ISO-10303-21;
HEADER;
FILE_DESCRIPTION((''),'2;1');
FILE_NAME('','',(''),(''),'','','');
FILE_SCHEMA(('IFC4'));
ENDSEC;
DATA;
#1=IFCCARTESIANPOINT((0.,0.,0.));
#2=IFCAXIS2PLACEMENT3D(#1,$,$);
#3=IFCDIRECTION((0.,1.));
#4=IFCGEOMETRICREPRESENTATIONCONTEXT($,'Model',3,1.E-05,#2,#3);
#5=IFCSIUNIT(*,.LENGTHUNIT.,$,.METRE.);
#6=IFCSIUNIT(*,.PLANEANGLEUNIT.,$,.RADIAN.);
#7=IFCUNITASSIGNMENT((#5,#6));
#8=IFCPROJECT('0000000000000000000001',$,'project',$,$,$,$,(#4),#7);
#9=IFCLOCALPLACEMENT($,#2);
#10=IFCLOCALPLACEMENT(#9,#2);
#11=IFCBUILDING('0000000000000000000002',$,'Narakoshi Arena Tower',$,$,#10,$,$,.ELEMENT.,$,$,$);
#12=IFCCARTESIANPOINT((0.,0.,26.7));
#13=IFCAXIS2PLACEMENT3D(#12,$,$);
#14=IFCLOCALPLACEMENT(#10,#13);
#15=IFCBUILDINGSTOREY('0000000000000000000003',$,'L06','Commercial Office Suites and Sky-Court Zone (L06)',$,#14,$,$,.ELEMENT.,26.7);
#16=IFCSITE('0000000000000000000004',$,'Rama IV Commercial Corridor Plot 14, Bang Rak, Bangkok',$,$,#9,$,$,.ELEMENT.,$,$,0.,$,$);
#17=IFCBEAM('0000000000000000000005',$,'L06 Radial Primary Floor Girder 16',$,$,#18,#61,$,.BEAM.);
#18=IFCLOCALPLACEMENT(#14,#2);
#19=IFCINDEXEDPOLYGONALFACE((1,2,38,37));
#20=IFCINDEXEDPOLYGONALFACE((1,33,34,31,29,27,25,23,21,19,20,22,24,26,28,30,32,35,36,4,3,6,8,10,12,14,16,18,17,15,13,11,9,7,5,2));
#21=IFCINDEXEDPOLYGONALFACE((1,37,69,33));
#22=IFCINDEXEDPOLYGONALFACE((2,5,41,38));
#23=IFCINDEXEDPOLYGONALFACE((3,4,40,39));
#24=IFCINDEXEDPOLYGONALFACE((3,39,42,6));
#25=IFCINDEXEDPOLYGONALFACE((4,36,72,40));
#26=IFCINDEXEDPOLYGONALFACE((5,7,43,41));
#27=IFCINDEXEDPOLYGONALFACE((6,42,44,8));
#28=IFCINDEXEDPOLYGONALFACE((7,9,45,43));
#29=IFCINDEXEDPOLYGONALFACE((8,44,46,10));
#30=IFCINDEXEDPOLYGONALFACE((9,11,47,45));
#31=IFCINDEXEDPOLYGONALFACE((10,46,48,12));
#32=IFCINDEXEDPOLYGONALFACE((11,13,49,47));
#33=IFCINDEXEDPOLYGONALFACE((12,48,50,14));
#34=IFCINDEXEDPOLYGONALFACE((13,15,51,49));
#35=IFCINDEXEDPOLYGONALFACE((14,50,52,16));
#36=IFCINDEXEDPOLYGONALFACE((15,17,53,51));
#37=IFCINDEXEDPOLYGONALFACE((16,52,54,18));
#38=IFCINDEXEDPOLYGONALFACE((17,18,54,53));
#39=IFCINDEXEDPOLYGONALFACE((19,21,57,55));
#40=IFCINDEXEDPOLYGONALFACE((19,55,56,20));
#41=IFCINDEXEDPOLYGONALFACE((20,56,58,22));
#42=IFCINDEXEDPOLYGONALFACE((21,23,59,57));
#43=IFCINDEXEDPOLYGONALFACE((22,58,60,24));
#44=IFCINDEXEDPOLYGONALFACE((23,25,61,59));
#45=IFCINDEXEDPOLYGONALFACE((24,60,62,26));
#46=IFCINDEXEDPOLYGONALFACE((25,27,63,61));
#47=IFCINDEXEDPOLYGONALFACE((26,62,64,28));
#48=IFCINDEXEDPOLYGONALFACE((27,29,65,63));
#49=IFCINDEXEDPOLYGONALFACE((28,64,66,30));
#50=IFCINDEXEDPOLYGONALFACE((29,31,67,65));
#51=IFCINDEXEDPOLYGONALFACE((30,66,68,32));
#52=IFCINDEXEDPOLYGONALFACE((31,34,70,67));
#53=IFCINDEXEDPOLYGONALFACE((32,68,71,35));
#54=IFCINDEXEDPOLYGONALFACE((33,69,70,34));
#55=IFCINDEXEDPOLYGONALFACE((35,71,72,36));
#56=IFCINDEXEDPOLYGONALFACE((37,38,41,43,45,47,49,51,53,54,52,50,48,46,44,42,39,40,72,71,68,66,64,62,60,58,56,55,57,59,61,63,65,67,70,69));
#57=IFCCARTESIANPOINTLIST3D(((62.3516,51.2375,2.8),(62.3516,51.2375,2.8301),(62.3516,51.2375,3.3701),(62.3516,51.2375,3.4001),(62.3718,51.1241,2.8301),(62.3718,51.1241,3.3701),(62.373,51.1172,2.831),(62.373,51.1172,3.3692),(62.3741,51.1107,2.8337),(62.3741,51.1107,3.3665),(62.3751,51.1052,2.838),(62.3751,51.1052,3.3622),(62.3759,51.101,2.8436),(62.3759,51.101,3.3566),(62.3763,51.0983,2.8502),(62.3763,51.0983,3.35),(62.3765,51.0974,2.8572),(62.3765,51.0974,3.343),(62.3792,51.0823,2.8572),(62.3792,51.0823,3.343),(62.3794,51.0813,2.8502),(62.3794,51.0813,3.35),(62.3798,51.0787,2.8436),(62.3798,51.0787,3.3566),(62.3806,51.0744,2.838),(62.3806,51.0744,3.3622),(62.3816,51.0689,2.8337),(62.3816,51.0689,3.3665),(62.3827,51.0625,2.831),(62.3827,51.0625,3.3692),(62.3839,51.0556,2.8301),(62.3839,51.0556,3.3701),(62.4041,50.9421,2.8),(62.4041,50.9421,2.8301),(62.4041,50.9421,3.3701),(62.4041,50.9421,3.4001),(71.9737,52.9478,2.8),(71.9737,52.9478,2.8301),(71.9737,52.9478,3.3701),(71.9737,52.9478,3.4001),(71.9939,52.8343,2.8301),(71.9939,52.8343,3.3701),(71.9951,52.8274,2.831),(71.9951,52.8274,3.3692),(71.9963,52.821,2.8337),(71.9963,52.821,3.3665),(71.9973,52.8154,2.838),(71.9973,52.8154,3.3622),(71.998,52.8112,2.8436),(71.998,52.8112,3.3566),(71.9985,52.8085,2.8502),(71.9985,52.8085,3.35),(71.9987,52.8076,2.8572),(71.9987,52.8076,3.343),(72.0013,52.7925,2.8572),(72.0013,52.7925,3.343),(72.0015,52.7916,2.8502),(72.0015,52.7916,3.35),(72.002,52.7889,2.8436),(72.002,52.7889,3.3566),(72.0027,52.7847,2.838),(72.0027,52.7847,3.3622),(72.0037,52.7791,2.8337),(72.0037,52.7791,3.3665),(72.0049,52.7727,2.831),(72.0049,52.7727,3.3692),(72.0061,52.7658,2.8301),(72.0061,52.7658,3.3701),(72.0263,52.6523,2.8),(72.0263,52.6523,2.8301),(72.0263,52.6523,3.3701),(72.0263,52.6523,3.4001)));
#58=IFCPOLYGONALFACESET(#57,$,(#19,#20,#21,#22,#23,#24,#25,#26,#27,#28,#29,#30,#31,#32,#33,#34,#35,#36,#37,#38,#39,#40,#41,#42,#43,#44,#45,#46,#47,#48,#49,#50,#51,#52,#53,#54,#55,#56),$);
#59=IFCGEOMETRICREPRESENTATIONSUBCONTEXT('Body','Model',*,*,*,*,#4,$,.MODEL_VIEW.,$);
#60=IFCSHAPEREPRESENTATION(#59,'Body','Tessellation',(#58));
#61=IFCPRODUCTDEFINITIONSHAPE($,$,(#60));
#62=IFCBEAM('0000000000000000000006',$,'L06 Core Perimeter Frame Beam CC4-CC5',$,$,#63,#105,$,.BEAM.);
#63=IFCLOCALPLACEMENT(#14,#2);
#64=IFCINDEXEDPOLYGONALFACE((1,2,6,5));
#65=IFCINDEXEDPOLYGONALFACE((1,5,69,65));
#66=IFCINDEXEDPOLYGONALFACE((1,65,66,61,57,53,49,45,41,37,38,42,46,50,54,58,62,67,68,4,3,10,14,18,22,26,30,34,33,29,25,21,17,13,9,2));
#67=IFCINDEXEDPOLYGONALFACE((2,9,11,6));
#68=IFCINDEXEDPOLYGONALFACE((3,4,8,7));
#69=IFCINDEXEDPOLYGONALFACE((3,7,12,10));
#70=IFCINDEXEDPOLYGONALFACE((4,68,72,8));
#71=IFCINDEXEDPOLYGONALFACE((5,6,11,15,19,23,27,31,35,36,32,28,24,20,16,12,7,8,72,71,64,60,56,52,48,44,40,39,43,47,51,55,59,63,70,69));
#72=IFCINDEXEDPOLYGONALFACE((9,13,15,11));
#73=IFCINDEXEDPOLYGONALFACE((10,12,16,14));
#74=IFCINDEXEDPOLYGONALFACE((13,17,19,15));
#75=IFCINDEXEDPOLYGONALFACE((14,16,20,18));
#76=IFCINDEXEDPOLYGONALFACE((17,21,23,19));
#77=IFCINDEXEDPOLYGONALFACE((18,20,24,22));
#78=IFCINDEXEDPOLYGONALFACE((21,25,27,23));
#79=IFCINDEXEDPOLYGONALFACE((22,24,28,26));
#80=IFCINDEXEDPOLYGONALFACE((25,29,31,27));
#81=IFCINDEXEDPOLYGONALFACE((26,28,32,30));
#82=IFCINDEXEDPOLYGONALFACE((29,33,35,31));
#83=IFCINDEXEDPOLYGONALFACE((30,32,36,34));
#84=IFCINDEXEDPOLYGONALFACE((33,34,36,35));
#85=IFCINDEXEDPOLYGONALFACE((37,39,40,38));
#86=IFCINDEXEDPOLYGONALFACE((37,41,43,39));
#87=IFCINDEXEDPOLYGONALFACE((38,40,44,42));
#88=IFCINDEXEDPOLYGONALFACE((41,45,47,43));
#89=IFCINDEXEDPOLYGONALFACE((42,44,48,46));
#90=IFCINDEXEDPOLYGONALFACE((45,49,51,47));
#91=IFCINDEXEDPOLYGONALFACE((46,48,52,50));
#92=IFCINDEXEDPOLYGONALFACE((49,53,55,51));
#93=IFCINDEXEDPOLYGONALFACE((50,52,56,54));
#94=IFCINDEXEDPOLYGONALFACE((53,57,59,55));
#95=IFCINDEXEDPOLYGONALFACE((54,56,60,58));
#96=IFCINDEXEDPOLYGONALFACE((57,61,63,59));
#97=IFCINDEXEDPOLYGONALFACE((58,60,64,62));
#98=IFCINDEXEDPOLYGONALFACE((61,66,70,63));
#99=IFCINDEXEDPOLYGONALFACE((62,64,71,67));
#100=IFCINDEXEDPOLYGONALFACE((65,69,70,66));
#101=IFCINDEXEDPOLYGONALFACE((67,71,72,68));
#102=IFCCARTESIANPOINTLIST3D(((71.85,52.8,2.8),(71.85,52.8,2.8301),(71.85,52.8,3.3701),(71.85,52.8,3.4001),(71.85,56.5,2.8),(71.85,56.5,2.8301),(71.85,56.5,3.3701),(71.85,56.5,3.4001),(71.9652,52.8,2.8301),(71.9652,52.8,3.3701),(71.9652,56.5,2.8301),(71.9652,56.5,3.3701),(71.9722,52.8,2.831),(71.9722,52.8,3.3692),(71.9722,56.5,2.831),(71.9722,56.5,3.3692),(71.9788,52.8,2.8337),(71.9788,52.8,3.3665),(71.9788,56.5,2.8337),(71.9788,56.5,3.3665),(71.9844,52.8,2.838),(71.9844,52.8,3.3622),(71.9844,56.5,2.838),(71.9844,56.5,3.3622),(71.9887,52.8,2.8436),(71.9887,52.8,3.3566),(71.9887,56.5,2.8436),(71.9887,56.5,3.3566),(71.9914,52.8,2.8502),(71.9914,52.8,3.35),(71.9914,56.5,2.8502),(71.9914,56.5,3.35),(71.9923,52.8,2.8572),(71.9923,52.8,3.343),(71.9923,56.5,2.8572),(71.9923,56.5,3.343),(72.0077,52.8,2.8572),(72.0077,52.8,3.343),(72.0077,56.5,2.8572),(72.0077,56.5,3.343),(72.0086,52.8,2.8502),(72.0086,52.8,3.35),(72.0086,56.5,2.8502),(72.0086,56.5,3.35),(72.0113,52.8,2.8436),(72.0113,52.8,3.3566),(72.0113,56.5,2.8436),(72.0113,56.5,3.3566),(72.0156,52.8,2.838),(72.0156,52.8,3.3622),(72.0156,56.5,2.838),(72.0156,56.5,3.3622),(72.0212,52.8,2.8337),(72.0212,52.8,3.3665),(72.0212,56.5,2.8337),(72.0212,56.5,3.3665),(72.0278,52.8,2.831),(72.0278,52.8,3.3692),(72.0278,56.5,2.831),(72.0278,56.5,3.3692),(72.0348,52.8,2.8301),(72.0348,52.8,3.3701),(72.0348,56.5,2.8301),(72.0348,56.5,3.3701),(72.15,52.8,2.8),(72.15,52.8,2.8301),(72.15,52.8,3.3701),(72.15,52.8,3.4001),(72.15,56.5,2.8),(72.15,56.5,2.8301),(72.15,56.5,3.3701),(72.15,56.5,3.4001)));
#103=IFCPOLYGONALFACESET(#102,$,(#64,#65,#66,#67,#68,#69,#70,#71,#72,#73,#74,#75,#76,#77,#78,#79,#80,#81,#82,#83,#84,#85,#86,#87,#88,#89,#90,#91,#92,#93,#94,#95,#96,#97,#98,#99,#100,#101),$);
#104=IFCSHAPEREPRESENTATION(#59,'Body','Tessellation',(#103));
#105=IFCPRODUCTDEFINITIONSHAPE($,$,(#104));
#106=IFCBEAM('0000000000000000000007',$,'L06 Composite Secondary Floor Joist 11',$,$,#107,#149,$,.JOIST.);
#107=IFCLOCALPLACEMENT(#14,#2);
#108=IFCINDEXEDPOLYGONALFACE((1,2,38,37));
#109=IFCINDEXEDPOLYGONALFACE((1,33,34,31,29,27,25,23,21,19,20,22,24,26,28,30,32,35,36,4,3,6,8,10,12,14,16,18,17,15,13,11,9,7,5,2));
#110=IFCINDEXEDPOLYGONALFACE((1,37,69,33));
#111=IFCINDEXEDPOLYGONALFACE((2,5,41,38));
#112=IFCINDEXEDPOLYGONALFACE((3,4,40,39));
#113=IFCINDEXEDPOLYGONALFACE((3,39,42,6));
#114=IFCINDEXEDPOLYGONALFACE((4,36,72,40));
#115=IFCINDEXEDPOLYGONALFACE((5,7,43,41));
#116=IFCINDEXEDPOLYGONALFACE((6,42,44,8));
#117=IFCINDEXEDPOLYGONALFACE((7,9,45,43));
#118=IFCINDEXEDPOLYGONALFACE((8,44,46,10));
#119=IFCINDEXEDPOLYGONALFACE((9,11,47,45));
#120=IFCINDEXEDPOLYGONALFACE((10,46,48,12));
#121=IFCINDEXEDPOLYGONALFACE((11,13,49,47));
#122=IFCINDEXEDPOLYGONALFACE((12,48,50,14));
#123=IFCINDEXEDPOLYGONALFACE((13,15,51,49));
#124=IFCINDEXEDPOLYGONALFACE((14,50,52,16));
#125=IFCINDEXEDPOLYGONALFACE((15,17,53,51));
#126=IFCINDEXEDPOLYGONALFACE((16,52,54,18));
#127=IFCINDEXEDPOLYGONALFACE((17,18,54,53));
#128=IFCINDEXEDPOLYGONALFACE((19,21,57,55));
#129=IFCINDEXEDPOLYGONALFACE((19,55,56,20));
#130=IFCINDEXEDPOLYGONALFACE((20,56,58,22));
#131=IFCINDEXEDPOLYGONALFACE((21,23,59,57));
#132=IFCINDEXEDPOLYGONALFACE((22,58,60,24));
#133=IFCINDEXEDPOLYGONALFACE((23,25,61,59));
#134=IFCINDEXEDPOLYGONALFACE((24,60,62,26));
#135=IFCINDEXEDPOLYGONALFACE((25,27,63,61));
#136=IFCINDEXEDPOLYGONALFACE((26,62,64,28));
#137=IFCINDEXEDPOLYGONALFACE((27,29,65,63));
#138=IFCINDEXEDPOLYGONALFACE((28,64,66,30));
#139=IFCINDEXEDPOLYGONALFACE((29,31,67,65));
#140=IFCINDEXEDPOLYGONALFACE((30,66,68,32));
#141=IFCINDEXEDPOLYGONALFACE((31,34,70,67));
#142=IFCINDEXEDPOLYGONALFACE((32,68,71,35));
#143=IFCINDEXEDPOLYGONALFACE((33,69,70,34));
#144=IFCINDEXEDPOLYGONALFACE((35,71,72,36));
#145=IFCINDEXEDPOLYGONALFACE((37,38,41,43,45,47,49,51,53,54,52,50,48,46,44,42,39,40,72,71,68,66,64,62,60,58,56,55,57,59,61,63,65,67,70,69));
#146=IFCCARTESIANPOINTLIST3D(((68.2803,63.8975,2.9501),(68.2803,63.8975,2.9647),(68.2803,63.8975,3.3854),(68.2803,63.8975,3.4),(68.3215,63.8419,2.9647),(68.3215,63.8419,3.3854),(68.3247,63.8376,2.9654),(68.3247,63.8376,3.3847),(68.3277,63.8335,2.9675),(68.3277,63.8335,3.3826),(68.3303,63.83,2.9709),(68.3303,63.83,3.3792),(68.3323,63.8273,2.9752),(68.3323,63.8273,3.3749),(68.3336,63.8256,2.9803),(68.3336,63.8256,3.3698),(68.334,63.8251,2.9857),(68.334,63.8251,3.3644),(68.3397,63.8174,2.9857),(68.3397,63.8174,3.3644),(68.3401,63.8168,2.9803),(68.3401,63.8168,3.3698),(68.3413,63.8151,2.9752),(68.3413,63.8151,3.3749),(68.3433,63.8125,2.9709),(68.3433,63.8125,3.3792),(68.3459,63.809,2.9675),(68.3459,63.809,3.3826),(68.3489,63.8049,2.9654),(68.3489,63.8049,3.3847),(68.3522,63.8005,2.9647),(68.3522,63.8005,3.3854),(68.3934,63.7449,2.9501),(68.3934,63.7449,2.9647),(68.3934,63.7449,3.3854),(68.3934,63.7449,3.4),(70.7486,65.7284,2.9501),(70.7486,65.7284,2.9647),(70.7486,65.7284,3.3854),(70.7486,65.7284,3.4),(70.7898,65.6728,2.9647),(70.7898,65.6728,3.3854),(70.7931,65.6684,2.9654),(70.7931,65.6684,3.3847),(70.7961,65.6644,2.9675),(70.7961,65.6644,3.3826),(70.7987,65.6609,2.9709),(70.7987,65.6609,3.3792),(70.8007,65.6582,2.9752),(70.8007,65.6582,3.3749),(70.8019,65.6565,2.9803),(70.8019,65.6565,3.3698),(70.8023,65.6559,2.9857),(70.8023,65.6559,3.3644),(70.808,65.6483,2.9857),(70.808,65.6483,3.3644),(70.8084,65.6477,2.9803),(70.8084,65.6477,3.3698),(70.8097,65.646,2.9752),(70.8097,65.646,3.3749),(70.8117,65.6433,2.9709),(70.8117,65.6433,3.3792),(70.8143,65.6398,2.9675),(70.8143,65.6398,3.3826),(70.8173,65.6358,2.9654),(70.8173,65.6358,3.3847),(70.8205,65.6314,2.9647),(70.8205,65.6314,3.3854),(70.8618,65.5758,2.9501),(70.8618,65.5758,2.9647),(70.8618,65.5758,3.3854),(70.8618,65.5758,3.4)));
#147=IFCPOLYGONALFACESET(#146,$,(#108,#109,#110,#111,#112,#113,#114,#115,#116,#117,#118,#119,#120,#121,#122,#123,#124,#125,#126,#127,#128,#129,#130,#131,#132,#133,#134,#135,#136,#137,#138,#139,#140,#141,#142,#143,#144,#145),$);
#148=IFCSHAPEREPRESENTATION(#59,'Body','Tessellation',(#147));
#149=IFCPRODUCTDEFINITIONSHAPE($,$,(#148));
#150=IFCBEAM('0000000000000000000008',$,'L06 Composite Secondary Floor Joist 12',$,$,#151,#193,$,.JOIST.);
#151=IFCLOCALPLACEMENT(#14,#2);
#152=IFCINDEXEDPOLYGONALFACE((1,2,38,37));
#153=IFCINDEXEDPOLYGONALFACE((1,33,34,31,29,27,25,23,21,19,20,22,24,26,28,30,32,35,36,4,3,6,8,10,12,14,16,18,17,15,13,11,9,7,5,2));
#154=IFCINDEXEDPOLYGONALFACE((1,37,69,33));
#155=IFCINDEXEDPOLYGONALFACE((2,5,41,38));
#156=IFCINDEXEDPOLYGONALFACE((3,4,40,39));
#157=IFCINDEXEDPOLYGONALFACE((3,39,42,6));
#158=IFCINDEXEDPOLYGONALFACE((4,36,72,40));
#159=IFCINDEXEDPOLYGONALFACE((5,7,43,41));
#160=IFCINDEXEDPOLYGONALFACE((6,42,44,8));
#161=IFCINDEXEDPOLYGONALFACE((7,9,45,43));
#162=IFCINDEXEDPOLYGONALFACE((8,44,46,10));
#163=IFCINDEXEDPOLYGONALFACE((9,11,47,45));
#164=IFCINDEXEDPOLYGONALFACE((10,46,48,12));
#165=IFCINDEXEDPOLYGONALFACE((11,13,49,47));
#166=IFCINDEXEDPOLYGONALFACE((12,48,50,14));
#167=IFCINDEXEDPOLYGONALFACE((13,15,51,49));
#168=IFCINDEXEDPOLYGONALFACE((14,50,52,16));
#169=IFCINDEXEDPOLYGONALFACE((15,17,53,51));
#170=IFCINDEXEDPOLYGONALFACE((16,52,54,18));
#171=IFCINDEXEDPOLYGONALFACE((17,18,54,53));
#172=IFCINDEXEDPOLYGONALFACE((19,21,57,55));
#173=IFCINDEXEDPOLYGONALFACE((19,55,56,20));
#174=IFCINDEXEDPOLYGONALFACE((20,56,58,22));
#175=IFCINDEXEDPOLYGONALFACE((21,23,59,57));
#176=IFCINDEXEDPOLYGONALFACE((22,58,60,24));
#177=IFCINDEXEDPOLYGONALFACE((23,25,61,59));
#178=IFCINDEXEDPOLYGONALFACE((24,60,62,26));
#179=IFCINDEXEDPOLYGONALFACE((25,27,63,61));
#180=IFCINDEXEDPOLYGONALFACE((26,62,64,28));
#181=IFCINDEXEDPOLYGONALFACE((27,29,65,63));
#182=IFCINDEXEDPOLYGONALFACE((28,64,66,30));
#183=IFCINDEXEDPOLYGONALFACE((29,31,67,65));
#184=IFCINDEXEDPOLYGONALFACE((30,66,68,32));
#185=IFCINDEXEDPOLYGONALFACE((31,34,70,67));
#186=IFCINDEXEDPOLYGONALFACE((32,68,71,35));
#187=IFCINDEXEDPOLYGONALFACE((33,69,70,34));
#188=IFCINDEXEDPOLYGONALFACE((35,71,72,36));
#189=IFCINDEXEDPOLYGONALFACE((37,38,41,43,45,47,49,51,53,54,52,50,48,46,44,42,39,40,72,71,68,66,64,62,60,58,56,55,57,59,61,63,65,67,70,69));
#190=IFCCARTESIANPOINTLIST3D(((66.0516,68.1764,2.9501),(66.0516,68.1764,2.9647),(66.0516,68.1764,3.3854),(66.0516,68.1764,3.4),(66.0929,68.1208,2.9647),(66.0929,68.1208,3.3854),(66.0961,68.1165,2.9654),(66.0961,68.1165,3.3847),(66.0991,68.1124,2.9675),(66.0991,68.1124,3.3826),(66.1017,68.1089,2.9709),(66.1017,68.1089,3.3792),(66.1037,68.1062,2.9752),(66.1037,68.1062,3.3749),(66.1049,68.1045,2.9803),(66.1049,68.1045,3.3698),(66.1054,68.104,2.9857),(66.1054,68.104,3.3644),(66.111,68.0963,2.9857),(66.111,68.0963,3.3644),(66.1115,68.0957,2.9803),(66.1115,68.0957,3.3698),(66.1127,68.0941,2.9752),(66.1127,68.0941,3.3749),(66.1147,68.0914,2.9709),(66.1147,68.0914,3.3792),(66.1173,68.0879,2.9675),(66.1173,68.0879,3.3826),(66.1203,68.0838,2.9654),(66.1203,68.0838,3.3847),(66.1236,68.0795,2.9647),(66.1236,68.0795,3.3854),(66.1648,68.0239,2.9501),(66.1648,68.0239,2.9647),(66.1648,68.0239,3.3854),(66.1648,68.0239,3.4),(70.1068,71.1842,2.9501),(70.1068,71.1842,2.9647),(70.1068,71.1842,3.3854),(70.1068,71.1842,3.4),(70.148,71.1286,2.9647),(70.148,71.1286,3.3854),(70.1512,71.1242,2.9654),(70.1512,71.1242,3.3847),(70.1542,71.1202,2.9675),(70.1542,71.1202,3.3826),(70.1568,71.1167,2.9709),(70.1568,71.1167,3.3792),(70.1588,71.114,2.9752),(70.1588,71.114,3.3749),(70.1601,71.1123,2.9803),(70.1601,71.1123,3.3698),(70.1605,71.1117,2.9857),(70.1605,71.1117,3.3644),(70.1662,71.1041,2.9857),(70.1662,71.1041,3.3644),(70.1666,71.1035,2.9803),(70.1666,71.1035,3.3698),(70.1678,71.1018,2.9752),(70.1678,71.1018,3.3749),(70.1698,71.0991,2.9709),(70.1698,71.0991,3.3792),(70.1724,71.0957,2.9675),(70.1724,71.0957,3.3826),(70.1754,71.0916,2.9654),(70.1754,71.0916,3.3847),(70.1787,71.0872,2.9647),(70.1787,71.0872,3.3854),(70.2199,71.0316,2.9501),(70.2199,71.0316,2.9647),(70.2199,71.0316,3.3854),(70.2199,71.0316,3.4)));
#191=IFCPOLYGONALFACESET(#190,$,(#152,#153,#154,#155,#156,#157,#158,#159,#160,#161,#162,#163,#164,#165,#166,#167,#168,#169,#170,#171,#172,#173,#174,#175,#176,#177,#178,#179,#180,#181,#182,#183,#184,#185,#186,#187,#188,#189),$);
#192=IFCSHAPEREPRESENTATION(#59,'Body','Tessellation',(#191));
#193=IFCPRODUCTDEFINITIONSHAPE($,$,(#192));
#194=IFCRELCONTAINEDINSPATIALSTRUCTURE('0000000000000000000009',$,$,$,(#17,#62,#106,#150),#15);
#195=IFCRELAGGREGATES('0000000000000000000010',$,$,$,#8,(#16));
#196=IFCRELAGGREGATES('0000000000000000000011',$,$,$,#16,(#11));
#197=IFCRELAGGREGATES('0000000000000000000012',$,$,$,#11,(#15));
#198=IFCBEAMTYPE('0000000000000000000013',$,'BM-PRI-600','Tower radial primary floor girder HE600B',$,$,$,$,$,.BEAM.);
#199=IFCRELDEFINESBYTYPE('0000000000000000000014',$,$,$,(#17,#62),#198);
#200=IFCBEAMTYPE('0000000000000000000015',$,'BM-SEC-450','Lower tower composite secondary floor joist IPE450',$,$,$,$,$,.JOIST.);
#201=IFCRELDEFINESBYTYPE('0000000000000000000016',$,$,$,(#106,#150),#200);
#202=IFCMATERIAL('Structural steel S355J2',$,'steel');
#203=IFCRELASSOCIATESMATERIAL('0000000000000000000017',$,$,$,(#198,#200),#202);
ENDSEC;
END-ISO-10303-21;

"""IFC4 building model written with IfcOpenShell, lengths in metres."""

from ifc_helpers import new_model, si_unit, direction, frame, origin, origin_2d, place, context, subcontext, project, spatial, i_section, extrude, material, material_profile, profile_set, type_object, element, save


model = new_model("IFC4")

# Units and contexts
model_context = context("Model", 3, precision=1e-05, world=origin(), true_north=direction((0.0, 1.0)))
body_context = subcontext(model_context, "Body", "Model", "MODEL_VIEW")
ifc_project = project(units=[si_unit("LENGTHUNIT", "METRE"), si_unit("PLANEANGLEUNIT", "RADIAN")], contexts=[model_context])

# Site, building, storey
site_placement = place(None, origin())
site = spatial("IfcSite", under=ifc_project, at=site_placement, Name="Rama IV Commercial Corridor Plot 14, Bang Rak, Bangkok", CompositionType="ELEMENT", RefElevation=0.0)
building_placement = place(site_placement, origin())
building = spatial("IfcBuilding", under=site, at=building_placement, Name="Narakoshi Arena Tower", CompositionType="ELEMENT")
storey_placement = place(building_placement, frame((0.0, 0.0, 26.7)))
storey = spatial("IfcBuildingStorey", under=building, at=storey_placement, Name="L06", Description="Commercial Office Suites and Sky-Court Zone (L06)", CompositionType="ELEMENT", Elevation=26.7)

# Beams
ifc_material_1 = material(Name="Structural steel S355J2", Category="steel")
ifc_material_profile_1 = material_profile(ifc_material_1, i_section(OverallWidth=0.3, OverallDepth=0.6001, WebThickness=0.0154, FlangeThickness=0.03, FilletRadius=0.0271, at=origin_2d()), Name="HE600B")
ifc_profile_set_1 = profile_set([ifc_material_profile_1], Name="Structural steel S355J2")
beam_type_1 = type_object("IfcBeamType", Name="BM-PRI-600", Description="Tower radial primary floor girder HE600B", PredefinedType="BEAM", material=ifc_profile_set_1)
beam_1_placement = place(storey_placement, frame((72.0, 52.8, 3.1001), z_axis=(-0.984569, -0.174995, 0.0), x_axis=(0.174995, -0.984569, 0.0)))
element("IfcBeam", 1, at=beam_1_placement, inside=storey, type_object=beam_type_1, Name="L06 Radial Primary Floor Girder 16", PredefinedType="BEAM", context=body_context, shape_type="SweptSolid", body=[
    extrude(i_section(OverallWidth=0.3, OverallDepth=0.6001, WebThickness=0.0154, FlangeThickness=0.03, FilletRadius=0.0271, at=origin_2d()), origin(), (0.0, 0.0, 1.0), 9.7729),
])
beam_2_placement = place(storey_placement, frame((72.0, 52.8, 3.1001), z_axis=(0.0, 1.0, 0.0), x_axis=(-1.0, 0.0, 0.0)))
element("IfcBeam", 2, at=beam_2_placement, inside=storey, type_object=beam_type_1, Name="L06 Core Perimeter Frame Beam CC4-CC5", PredefinedType="BEAM", context=body_context, shape_type="SweptSolid", body=[
    extrude(i_section(OverallWidth=0.3, OverallDepth=0.6001, WebThickness=0.0154, FlangeThickness=0.03, FilletRadius=0.0271, at=origin_2d()), origin(), (0.0, 0.0, 1.0), 3.7),
])
ifc_material_profile_2 = material_profile(ifc_material_1, i_section(OverallWidth=0.1899, OverallDepth=0.45, WebThickness=0.0095, FlangeThickness=0.0146, FilletRadius=0.021, at=origin_2d()), Name="IPE450")
ifc_profile_set_2 = profile_set([ifc_material_profile_2], Name="Structural steel S355J2")
beam_type_2 = type_object("IfcBeamType", Name="BM-SEC-450", Description="Lower tower composite secondary floor joist IPE450", PredefinedType="JOIST", material=ifc_profile_set_2)
beam_3_placement = place(storey_placement, frame((70.8052, 65.6521, 3.175), z_axis=(-0.803173, -0.595746, 0.0), x_axis=(0.595746, -0.803173, 0.0)))
element("IfcBeam", 3, at=beam_3_placement, inside=storey, type_object=beam_type_2, Name="L06 Composite Secondary Floor Joist 11", PredefinedType="JOIST", context=body_context, shape_type="SweptSolid", body=[
    extrude(i_section(OverallWidth=0.1899, OverallDepth=0.45, WebThickness=0.0095, FlangeThickness=0.0146, FilletRadius=0.021, at=origin_2d()), origin(), (0.0, 0.0, 1.0), 3.0732),
])
beam_4_placement = place(storey_placement, frame((70.1633, 71.1079, 3.175), z_axis=(-0.80318, -0.595736, 0.0), x_axis=(0.595736, -0.80318, 0.0)))
element("IfcBeam", 4, at=beam_4_placement, inside=storey, type_object=beam_type_2, Name="L06 Composite Secondary Floor Joist 12", PredefinedType="JOIST", context=body_context, shape_type="SweptSolid", body=[
    extrude(i_section(OverallWidth=0.1899, OverallDepth=0.45, WebThickness=0.0095, FlangeThickness=0.0146, FilletRadius=0.021, at=origin_2d()), origin(), (0.0, 0.0, 1.0), 5.0488),
])

save(model, "model.ifc")
